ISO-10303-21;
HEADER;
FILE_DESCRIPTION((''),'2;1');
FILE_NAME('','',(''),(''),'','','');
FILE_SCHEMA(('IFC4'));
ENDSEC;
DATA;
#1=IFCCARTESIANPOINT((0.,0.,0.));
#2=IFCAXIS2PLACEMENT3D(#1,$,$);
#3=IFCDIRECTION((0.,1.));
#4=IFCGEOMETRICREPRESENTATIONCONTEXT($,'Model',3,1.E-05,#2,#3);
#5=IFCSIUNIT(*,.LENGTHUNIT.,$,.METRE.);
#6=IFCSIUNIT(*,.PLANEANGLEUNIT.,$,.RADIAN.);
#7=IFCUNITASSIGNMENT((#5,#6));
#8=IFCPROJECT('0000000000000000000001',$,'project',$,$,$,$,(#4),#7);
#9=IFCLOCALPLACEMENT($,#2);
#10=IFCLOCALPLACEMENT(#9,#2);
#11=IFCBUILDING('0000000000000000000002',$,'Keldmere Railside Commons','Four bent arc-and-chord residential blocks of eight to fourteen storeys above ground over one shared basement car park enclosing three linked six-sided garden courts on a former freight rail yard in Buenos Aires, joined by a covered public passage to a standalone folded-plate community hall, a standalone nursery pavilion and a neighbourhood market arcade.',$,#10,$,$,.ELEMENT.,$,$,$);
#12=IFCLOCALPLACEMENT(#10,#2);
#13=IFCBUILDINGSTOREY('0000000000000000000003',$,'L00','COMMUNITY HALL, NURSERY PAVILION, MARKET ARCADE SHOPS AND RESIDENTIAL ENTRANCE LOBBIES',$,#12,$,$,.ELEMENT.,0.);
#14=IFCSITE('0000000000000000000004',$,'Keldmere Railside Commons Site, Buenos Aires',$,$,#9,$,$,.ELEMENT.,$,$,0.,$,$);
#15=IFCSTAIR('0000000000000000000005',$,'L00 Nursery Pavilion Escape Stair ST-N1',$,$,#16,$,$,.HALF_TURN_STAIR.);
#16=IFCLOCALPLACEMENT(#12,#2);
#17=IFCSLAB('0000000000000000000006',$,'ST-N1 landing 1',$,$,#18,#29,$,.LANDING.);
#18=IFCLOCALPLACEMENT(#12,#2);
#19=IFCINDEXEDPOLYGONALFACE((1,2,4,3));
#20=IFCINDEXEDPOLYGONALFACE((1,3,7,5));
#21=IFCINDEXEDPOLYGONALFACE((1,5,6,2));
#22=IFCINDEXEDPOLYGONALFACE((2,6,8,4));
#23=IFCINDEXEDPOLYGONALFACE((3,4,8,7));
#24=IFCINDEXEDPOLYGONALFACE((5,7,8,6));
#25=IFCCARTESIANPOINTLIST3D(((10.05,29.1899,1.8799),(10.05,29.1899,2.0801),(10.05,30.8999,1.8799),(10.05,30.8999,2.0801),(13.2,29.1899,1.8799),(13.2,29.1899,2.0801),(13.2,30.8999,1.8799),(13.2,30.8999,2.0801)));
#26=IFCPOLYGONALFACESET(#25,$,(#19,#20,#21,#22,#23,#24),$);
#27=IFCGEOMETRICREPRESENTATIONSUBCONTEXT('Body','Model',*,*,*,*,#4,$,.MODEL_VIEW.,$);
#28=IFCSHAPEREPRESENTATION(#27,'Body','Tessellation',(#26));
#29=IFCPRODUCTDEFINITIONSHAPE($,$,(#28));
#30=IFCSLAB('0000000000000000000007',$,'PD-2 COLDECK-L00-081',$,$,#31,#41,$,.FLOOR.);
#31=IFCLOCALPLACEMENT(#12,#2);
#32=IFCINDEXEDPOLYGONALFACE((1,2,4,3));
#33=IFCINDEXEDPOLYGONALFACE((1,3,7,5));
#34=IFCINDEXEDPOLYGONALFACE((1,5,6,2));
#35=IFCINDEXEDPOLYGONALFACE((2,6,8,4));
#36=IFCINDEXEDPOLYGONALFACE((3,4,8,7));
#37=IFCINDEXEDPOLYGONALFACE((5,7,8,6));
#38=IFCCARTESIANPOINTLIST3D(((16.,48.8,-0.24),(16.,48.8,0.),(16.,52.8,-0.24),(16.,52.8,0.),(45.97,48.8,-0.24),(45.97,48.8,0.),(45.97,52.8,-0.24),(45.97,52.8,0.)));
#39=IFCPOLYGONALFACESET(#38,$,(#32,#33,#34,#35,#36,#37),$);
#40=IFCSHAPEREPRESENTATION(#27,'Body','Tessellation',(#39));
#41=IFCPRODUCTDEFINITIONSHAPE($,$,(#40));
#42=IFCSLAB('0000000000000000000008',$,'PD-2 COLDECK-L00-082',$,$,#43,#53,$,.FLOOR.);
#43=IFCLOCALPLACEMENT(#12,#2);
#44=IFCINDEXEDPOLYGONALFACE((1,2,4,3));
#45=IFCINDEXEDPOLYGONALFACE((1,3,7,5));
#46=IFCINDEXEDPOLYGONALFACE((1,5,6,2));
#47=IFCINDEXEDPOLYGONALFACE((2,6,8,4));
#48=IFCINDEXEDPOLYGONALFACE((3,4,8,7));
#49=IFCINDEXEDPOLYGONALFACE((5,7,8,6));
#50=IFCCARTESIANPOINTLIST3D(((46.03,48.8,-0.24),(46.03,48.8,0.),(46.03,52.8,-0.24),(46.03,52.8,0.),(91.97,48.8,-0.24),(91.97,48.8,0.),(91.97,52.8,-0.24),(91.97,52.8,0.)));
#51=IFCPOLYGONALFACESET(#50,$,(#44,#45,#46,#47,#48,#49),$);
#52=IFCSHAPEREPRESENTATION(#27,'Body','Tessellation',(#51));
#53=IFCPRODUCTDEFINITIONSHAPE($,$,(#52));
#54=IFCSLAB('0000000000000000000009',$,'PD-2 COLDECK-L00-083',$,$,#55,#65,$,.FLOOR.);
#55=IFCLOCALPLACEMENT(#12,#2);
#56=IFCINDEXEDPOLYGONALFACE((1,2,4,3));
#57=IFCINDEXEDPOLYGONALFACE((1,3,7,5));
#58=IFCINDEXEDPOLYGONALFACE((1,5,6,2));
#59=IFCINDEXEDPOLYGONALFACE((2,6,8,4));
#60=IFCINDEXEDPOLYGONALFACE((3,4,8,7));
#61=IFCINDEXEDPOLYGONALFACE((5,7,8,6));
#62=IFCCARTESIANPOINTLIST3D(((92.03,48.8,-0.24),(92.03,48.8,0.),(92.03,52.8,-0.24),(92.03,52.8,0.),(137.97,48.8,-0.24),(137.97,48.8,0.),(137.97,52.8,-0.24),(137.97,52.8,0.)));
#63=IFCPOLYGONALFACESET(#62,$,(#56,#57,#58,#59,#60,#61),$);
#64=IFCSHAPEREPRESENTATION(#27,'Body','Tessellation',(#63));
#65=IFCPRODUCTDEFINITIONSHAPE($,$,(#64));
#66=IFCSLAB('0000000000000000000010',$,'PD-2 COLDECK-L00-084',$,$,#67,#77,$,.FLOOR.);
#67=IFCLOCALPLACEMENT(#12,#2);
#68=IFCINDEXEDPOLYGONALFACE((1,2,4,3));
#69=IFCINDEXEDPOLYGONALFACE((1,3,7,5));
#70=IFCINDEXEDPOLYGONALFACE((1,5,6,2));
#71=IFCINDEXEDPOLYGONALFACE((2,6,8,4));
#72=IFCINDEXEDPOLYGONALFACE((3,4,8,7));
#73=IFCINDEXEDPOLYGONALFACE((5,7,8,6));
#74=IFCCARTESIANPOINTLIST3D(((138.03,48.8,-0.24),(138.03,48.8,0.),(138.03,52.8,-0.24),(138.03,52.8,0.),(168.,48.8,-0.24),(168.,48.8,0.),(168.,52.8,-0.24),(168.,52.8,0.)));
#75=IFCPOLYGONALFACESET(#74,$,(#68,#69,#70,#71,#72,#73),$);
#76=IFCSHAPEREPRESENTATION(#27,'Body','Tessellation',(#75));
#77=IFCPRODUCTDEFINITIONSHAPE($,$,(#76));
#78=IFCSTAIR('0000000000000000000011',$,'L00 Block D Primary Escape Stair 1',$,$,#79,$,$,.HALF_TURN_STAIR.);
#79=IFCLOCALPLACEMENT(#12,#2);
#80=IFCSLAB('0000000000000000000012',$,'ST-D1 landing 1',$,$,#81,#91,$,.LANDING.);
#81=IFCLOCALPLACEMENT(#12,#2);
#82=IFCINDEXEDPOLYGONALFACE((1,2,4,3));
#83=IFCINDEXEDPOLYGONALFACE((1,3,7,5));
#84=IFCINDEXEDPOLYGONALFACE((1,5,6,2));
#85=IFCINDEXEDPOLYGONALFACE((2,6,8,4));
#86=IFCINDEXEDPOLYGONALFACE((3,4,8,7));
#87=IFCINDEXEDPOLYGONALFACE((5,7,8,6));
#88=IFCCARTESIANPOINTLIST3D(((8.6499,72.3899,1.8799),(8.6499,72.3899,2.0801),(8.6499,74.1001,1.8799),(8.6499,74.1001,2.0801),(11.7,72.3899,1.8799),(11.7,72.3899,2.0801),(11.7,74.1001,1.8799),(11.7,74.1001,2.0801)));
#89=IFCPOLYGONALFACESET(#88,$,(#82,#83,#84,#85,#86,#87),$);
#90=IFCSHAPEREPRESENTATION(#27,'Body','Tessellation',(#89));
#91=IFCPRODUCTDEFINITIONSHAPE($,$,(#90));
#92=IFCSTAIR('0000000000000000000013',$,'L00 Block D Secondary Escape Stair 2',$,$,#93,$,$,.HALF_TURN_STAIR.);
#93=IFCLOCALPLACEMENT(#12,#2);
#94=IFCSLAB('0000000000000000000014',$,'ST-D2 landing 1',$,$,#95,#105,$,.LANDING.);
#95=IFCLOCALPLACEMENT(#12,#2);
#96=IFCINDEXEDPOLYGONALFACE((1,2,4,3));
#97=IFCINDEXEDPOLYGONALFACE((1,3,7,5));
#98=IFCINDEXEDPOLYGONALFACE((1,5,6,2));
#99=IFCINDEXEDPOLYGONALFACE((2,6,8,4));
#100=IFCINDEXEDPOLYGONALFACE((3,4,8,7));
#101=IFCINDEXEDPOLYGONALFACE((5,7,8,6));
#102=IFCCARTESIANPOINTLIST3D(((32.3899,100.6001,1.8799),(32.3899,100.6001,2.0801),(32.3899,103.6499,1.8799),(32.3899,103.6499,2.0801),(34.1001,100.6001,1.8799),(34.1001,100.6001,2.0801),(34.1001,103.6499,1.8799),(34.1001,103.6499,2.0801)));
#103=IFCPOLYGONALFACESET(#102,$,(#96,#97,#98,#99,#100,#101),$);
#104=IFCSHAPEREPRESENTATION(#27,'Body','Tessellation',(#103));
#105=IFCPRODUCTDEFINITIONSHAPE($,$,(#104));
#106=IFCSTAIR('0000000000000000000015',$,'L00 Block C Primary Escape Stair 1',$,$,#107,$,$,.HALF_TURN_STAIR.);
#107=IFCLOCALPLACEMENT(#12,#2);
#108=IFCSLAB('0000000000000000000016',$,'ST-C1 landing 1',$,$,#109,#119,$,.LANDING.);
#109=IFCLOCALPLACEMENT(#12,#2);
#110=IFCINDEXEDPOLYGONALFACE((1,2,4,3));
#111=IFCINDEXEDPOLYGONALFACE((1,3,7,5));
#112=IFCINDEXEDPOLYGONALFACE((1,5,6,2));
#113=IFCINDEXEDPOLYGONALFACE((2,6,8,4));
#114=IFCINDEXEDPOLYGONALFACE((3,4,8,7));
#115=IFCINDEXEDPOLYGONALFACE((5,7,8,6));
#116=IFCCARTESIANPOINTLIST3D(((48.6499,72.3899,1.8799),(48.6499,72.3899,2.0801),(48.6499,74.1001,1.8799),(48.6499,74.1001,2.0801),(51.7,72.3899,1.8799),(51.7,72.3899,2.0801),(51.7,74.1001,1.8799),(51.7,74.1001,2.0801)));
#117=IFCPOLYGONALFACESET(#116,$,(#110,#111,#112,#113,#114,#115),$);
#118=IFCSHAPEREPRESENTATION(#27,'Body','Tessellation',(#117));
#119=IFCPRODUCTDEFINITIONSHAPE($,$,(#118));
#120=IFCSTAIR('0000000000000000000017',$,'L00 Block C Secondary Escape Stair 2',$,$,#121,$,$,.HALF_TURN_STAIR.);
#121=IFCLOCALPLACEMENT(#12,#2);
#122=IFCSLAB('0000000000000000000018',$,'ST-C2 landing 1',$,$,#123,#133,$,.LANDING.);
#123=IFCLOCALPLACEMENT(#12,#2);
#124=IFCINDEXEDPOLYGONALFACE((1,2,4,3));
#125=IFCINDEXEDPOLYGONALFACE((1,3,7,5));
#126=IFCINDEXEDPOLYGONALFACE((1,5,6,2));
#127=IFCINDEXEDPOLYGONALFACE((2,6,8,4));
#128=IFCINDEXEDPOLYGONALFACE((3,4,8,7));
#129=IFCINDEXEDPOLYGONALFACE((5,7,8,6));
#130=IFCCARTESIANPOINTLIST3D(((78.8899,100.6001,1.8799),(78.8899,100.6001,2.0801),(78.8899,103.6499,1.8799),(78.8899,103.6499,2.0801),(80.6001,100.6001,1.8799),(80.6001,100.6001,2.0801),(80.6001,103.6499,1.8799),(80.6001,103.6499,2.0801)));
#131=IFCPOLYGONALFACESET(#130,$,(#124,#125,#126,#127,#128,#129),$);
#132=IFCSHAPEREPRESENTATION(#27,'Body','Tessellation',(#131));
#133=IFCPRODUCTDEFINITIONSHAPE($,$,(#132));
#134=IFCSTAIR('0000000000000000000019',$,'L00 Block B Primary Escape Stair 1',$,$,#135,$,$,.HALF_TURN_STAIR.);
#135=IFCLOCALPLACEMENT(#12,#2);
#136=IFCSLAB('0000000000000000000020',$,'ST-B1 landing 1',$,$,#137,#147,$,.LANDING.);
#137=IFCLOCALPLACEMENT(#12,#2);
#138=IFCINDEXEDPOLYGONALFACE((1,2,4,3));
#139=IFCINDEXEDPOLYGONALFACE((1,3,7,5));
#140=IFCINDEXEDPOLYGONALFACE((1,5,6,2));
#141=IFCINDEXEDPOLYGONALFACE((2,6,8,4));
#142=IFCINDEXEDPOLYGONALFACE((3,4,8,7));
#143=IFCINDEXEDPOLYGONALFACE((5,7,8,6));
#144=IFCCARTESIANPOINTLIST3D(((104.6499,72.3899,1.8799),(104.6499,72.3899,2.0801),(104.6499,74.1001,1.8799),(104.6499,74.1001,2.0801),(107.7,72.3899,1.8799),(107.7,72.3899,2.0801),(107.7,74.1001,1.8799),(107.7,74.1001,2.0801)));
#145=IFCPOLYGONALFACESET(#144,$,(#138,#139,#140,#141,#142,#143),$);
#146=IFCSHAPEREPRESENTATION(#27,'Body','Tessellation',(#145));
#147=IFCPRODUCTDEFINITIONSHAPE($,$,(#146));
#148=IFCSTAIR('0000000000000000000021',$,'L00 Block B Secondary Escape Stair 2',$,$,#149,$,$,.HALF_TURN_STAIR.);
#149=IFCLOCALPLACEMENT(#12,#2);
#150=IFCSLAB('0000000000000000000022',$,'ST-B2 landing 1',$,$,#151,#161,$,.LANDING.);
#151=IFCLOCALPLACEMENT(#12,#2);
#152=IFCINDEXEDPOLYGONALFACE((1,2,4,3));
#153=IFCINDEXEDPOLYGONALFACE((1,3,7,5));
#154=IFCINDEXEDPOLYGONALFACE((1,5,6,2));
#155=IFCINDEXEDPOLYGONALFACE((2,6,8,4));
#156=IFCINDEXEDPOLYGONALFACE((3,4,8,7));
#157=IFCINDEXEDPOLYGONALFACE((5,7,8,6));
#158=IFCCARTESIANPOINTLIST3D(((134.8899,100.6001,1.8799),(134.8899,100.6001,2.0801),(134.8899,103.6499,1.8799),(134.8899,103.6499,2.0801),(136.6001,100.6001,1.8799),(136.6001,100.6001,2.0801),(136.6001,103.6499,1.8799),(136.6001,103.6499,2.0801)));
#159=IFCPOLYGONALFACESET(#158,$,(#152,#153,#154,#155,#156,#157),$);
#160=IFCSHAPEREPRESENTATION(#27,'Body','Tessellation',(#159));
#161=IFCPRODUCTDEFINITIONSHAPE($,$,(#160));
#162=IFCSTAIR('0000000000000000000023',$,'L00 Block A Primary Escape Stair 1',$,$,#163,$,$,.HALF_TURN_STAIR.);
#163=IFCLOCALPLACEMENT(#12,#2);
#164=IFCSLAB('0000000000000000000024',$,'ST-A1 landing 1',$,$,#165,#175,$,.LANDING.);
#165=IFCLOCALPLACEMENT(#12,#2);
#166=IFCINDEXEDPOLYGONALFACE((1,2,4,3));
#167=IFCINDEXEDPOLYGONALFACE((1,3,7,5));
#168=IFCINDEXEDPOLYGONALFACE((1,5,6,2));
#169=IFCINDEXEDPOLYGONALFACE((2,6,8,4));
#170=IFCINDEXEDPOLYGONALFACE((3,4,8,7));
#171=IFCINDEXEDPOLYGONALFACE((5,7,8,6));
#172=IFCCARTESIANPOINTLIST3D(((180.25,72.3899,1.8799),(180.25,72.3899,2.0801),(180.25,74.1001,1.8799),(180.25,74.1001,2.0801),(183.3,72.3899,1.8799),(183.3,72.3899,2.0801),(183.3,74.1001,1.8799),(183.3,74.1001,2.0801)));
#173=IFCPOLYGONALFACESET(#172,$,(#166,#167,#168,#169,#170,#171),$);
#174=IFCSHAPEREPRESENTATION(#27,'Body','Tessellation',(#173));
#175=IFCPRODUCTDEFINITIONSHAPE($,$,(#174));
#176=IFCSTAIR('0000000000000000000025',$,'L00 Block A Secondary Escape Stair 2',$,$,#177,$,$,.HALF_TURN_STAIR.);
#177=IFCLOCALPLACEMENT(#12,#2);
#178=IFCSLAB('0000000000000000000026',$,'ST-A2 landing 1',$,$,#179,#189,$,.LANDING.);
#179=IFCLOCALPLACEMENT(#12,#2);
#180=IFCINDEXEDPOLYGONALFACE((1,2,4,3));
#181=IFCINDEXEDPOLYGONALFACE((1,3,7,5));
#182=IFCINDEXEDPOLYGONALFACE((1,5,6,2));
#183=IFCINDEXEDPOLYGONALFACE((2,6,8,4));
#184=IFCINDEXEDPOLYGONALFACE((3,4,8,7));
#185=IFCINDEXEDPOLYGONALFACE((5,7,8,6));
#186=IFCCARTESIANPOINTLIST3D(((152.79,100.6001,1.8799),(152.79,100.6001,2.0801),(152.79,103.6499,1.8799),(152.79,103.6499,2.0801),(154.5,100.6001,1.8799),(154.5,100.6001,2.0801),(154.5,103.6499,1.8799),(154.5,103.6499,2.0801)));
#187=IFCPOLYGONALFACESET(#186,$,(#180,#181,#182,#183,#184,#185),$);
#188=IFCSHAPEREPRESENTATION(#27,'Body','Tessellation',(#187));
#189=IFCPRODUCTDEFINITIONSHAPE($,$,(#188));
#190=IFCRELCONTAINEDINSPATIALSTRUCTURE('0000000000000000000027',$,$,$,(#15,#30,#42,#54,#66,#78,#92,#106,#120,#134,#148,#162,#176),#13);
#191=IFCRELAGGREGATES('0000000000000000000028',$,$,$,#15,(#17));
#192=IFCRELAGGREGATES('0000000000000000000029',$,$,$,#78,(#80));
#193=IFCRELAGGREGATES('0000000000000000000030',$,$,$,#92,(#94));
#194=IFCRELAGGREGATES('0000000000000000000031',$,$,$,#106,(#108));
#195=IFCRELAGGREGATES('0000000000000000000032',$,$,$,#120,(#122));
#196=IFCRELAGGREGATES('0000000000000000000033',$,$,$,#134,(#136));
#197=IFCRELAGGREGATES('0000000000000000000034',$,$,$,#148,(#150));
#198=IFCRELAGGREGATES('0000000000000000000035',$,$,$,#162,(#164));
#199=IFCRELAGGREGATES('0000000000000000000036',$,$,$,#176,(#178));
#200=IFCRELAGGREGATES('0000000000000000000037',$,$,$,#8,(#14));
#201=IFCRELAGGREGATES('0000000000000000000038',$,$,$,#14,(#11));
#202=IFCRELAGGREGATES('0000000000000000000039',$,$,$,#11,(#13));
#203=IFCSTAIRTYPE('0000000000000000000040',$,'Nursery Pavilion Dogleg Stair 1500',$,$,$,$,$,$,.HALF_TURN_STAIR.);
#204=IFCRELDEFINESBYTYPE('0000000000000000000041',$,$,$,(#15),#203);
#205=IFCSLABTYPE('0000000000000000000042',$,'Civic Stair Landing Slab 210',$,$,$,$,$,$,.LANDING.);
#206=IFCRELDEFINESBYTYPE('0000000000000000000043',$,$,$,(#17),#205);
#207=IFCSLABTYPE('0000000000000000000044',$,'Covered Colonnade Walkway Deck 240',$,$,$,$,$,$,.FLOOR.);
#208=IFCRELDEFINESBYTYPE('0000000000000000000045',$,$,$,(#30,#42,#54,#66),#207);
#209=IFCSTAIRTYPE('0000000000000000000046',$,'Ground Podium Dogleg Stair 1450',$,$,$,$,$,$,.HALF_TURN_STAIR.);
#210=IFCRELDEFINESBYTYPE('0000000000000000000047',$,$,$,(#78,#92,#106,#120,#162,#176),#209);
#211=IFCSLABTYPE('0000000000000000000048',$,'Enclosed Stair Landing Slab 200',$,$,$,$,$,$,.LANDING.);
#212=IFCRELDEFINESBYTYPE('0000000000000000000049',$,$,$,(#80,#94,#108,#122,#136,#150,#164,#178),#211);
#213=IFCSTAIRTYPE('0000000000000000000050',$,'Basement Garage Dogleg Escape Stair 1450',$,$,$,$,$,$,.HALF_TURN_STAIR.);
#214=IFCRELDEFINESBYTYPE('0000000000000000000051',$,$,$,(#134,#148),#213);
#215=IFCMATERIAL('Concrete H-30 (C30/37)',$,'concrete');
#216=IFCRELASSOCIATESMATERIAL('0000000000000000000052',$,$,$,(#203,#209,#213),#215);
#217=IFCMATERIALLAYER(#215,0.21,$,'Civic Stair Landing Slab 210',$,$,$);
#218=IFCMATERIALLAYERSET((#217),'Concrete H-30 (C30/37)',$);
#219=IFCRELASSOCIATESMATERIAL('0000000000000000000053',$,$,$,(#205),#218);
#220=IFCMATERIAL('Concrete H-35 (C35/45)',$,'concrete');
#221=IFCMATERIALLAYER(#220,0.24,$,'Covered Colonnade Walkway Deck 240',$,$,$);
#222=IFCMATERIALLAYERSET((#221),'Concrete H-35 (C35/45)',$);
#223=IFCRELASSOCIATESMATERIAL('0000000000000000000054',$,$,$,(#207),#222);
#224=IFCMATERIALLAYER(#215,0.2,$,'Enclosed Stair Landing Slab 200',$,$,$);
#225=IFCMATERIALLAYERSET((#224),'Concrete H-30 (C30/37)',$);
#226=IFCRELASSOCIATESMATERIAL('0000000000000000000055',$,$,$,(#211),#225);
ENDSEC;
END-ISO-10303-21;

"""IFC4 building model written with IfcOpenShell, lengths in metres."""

from ifc_helpers import new_model, si_unit, direction, frame, origin, place, context, subcontext, project, spatial, polyline, outline, extrude, material, layer, layer_set, type_object, element, aggregate, save


model = new_model("IFC4")

# Units and contexts
model_context = context("Model", 3, precision=1e-05, world=origin(), true_north=direction((0.0, 1.0)))
body_context = subcontext(model_context, "Body", "Model", "MODEL_VIEW")
ifc_project = project(units=[si_unit("LENGTHUNIT", "METRE"), si_unit("PLANEANGLEUNIT", "RADIAN")], contexts=[model_context])

# Site, building, storey
site_placement = place(None, origin())
site = spatial("IfcSite", under=ifc_project, at=site_placement, Name="Keldmere Railside Commons Site, Buenos Aires", CompositionType="ELEMENT", RefElevation=0.0)
building_placement = place(site_placement, origin())
building = spatial("IfcBuilding", under=site, at=building_placement, Name="Keldmere Railside Commons", Description="Four bent arc-and-chord residential blocks of eight to fourteen storeys above ground over one shared basement car park enclosing three linked six-sided garden courts on a former freight rail yard in Buenos Aires, joined by a covered public passage to a standalone folded-plate community hall, a standalone nursery pavilion and a neighbourhood market arcade.", CompositionType="ELEMENT")
storey_placement = place(building_placement, origin())
storey = spatial("IfcBuildingStorey", under=building, at=storey_placement, Name="L00", Description="COMMUNITY HALL, NURSERY PAVILION, MARKET ARCADE SHOPS AND RESIDENTIAL ENTRANCE LOBBIES", CompositionType="ELEMENT", Elevation=0.0)

# Stair, slab
ifc_material_1 = material(Name="Concrete H-30 (C30/37)", Category="concrete")
stair_type_1 = type_object("IfcStairType", Name="Nursery Pavilion Dogleg Stair 1500", PredefinedType="HALF_TURN_STAIR", material=ifc_material_1)
stair_1_placement = place(storey_placement, origin())
stair_1 = element("IfcStair", 1, at=stair_1_placement, inside=storey, type_object=stair_type_1, Name="L00 Nursery Pavilion Escape Stair ST-N1", PredefinedType="HALF_TURN_STAIR")
ifc_layer_1 = layer(ifc_material_1, 0.21, Name="Civic Stair Landing Slab 210")
ifc_layer_set_1 = layer_set([ifc_layer_1], Name="Concrete H-30 (C30/37)")
slab_type_1 = type_object("IfcSlabType", Name="Civic Stair Landing Slab 210", PredefinedType="LANDING", material=ifc_layer_set_1)
slab_1_placement = place(storey_placement, frame((0.0, 0.0, 1.8799)))
slab_1 = element("IfcSlab", 2, at=slab_1_placement, type_object=slab_type_1, Name="ST-N1 landing 1", PredefinedType="LANDING", context=body_context, shape_type="SweptSolid", body=[
    extrude(outline(polyline([(13.2, 29.1899), (13.2, 30.8999), (10.05, 30.8999), (10.05, 29.1899), (13.2, 29.1899)])), origin(), (0.0, 0.0, 1.0), 0.2002),
])
aggregate(stair_1, [slab_1])

# Slabs
ifc_material_2 = material(Name="Concrete H-35 (C35/45)", Category="concrete")
ifc_layer_2 = layer(ifc_material_2, 0.24, Name="Covered Colonnade Walkway Deck 240")
ifc_layer_set_2 = layer_set([ifc_layer_2], Name="Concrete H-35 (C35/45)")
slab_type_2 = type_object("IfcSlabType", Name="Covered Colonnade Walkway Deck 240", PredefinedType="FLOOR", material=ifc_layer_set_2)
slab_2_placement = place(storey_placement, frame((0.0, 0.0, -0.24)))
element("IfcSlab", 3, at=slab_2_placement, inside=storey, type_object=slab_type_2, Name="PD-2 COLDECK-L00-081", PredefinedType="FLOOR", context=body_context, shape_type="SweptSolid", body=[
    extrude(outline(polyline([(16.0, 48.8), (45.97, 48.8), (45.97, 52.8), (16.0, 52.8), (16.0, 48.8)])), origin(), (0.0, 0.0, 1.0), 0.24),
])
slab_3_placement = place(storey_placement, frame((0.0, 0.0, -0.24)))
element("IfcSlab", 4, at=slab_3_placement, inside=storey, type_object=slab_type_2, Name="PD-2 COLDECK-L00-082", PredefinedType="FLOOR", context=body_context, shape_type="SweptSolid", body=[
    extrude(outline(polyline([(91.97, 52.8), (46.03, 52.8), (46.03, 48.8), (91.97, 48.8), (91.97, 52.8)])), origin(), (0.0, 0.0, 1.0), 0.24),
])
slab_4_placement = place(storey_placement, frame((0.0, 0.0, -0.24)))
element("IfcSlab", 5, at=slab_4_placement, inside=storey, type_object=slab_type_2, Name="PD-2 COLDECK-L00-083", PredefinedType="FLOOR", context=body_context, shape_type="SweptSolid", body=[
    extrude(outline(polyline([(137.97, 52.8), (92.03, 52.8), (92.03, 48.8), (137.97, 48.8), (137.97, 52.8)])), origin(), (0.0, 0.0, 1.0), 0.24),
])
slab_5_placement = place(storey_placement, frame((0.0, 0.0, -0.24)))
element("IfcSlab", 6, at=slab_5_placement, inside=storey, type_object=slab_type_2, Name="PD-2 COLDECK-L00-084", PredefinedType="FLOOR", context=body_context, shape_type="SweptSolid", body=[
    extrude(outline(polyline([(168.0, 52.8), (138.03, 52.8), (138.03, 48.8), (168.0, 48.8), (168.0, 52.8)])), origin(), (0.0, 0.0, 1.0), 0.24),
])

# Stairs, slabs
stair_type_2 = type_object("IfcStairType", Name="Ground Podium Dogleg Stair 1450", PredefinedType="HALF_TURN_STAIR", material=ifc_material_1)
stair_2_placement = place(storey_placement, origin())
stair_2 = element("IfcStair", 7, at=stair_2_placement, inside=storey, type_object=stair_type_2, Name="L00 Block D Primary Escape Stair 1", PredefinedType="HALF_TURN_STAIR")
ifc_layer_3 = layer(ifc_material_1, 0.2, Name="Enclosed Stair Landing Slab 200")
ifc_layer_set_3 = layer_set([ifc_layer_3], Name="Concrete H-30 (C30/37)")
slab_type_3 = type_object("IfcSlabType", Name="Enclosed Stair Landing Slab 200", PredefinedType="LANDING", material=ifc_layer_set_3)
slab_6_placement = place(storey_placement, frame((0.0, 0.0, 1.8799)))
slab_6 = element("IfcSlab", 8, at=slab_6_placement, type_object=slab_type_3, Name="ST-D1 landing 1", PredefinedType="LANDING", context=body_context, shape_type="SweptSolid", body=[
    extrude(outline(polyline([(11.7, 72.3899), (11.7, 74.1001), (8.6499, 74.1001), (8.6499, 72.3899), (11.7, 72.3899)])), origin(), (0.0, 0.0, 1.0), 0.2002),
])
aggregate(stair_2, [slab_6])
stair_3_placement = place(storey_placement, origin())
stair_3 = element("IfcStair", 9, at=stair_3_placement, inside=storey, type_object=stair_type_2, Name="L00 Block D Secondary Escape Stair 2", PredefinedType="HALF_TURN_STAIR")
slab_7_placement = place(storey_placement, frame((0.0, 0.0, 1.8799)))
slab_7 = element("IfcSlab", 10, at=slab_7_placement, type_object=slab_type_3, Name="ST-D2 landing 1", PredefinedType="LANDING", context=body_context, shape_type="SweptSolid", body=[
    extrude(outline(polyline([(32.3899, 100.6001), (34.1001, 100.6001), (34.1001, 103.6499), (32.3899, 103.6499), (32.3899, 100.6001)])), origin(), (0.0, 0.0, 1.0), 0.2002),
])
aggregate(stair_3, [slab_7])
stair_4_placement = place(storey_placement, origin())
stair_4 = element("IfcStair", 11, at=stair_4_placement, inside=storey, type_object=stair_type_2, Name="L00 Block C Primary Escape Stair 1", PredefinedType="HALF_TURN_STAIR")
slab_8_placement = place(storey_placement, frame((0.0, 0.0, 1.8799)))
slab_8 = element("IfcSlab", 12, at=slab_8_placement, type_object=slab_type_3, Name="ST-C1 landing 1", PredefinedType="LANDING", context=body_context, shape_type="SweptSolid", body=[
    extrude(outline(polyline([(51.7, 72.3899), (51.7, 74.1001), (48.6499, 74.1001), (48.6499, 72.3899), (51.7, 72.3899)])), origin(), (0.0, 0.0, 1.0), 0.2002),
])
aggregate(stair_4, [slab_8])
stair_5_placement = place(storey_placement, origin())
stair_5 = element("IfcStair", 13, at=stair_5_placement, inside=storey, type_object=stair_type_2, Name="L00 Block C Secondary Escape Stair 2", PredefinedType="HALF_TURN_STAIR")
slab_9_placement = place(storey_placement, frame((0.0, 0.0, 1.8799)))
slab_9 = element("IfcSlab", 14, at=slab_9_placement, type_object=slab_type_3, Name="ST-C2 landing 1", PredefinedType="LANDING", context=body_context, shape_type="SweptSolid", body=[
    extrude(outline(polyline([(78.8899, 100.6001), (80.6001, 100.6001), (80.6001, 103.6499), (78.8899, 103.6499), (78.8899, 100.6001)])), origin(), (0.0, 0.0, 1.0), 0.2002),
])
aggregate(stair_5, [slab_9])
stair_type_3 = type_object("IfcStairType", Name="Basement Garage Dogleg Escape Stair 1450", PredefinedType="HALF_TURN_STAIR", material=ifc_material_1)
stair_6_placement = place(storey_placement, origin())
stair_6 = element("IfcStair", 15, at=stair_6_placement, inside=storey, type_object=stair_type_3, Name="L00 Block B Primary Escape Stair 1", PredefinedType="HALF_TURN_STAIR")
slab_10_placement = place(storey_placement, frame((0.0, 0.0, 1.8799)))
slab_10 = element("IfcSlab", 16, at=slab_10_placement, type_object=slab_type_3, Name="ST-B1 landing 1", PredefinedType="LANDING", context=body_context, shape_type="SweptSolid", body=[
    extrude(outline(polyline([(107.7, 72.3899), (107.7, 74.1001), (104.6499, 74.1001), (104.6499, 72.3899), (107.7, 72.3899)])), origin(), (0.0, 0.0, 1.0), 0.2002),
])
aggregate(stair_6, [slab_10])
stair_7_placement = place(storey_placement, origin())
stair_7 = element("IfcStair", 17, at=stair_7_placement, inside=storey, type_object=stair_type_3, Name="L00 Block B Secondary Escape Stair 2", PredefinedType="HALF_TURN_STAIR")
slab_11_placement = place(storey_placement, frame((0.0, 0.0, 1.8799)))
slab_11 = element("IfcSlab", 18, at=slab_11_placement, type_object=slab_type_3, Name="ST-B2 landing 1", PredefinedType="LANDING", context=body_context, shape_type="SweptSolid", body=[
    extrude(outline(polyline([(134.8899, 100.6001), (136.6001, 100.6001), (136.6001, 103.6499), (134.8899, 103.6499), (134.8899, 100.6001)])), origin(), (0.0, 0.0, 1.0), 0.2002),
])
aggregate(stair_7, [slab_11])
stair_8_placement = place(storey_placement, origin())
stair_8 = element("IfcStair", 19, at=stair_8_placement, inside=storey, type_object=stair_type_2, Name="L00 Block A Primary Escape Stair 1", PredefinedType="HALF_TURN_STAIR")
slab_12_placement = place(storey_placement, frame((0.0, 0.0, 1.8799)))
slab_12 = element("IfcSlab", 20, at=slab_12_placement, type_object=slab_type_3, Name="ST-A1 landing 1", PredefinedType="LANDING", context=body_context, shape_type="SweptSolid", body=[
    extrude(outline(polyline([(183.3, 72.3899), (183.3, 74.1001), (180.25, 74.1001), (180.25, 72.3899), (183.3, 72.3899)])), origin(), (0.0, 0.0, 1.0), 0.2002),
])
aggregate(stair_8, [slab_12])
stair_9_placement = place(storey_placement, origin())
stair_9 = element("IfcStair", 21, at=stair_9_placement, inside=storey, type_object=stair_type_2, Name="L00 Block A Secondary Escape Stair 2", PredefinedType="HALF_TURN_STAIR")
slab_13_placement = place(storey_placement, frame((0.0, 0.0, 1.8799)))
slab_13 = element("IfcSlab", 22, at=slab_13_placement, type_object=slab_type_3, Name="ST-A2 landing 1", PredefinedType="LANDING", context=body_context, shape_type="SweptSolid", body=[
    extrude(outline(polyline([(152.79, 100.6001), (154.5, 100.6001), (154.5, 103.6499), (152.79, 103.6499), (152.79, 100.6001)])), origin(), (0.0, 0.0, 1.0), 0.2002),
])
aggregate(stair_9, [slab_13])

save(model, "model.ifc")
